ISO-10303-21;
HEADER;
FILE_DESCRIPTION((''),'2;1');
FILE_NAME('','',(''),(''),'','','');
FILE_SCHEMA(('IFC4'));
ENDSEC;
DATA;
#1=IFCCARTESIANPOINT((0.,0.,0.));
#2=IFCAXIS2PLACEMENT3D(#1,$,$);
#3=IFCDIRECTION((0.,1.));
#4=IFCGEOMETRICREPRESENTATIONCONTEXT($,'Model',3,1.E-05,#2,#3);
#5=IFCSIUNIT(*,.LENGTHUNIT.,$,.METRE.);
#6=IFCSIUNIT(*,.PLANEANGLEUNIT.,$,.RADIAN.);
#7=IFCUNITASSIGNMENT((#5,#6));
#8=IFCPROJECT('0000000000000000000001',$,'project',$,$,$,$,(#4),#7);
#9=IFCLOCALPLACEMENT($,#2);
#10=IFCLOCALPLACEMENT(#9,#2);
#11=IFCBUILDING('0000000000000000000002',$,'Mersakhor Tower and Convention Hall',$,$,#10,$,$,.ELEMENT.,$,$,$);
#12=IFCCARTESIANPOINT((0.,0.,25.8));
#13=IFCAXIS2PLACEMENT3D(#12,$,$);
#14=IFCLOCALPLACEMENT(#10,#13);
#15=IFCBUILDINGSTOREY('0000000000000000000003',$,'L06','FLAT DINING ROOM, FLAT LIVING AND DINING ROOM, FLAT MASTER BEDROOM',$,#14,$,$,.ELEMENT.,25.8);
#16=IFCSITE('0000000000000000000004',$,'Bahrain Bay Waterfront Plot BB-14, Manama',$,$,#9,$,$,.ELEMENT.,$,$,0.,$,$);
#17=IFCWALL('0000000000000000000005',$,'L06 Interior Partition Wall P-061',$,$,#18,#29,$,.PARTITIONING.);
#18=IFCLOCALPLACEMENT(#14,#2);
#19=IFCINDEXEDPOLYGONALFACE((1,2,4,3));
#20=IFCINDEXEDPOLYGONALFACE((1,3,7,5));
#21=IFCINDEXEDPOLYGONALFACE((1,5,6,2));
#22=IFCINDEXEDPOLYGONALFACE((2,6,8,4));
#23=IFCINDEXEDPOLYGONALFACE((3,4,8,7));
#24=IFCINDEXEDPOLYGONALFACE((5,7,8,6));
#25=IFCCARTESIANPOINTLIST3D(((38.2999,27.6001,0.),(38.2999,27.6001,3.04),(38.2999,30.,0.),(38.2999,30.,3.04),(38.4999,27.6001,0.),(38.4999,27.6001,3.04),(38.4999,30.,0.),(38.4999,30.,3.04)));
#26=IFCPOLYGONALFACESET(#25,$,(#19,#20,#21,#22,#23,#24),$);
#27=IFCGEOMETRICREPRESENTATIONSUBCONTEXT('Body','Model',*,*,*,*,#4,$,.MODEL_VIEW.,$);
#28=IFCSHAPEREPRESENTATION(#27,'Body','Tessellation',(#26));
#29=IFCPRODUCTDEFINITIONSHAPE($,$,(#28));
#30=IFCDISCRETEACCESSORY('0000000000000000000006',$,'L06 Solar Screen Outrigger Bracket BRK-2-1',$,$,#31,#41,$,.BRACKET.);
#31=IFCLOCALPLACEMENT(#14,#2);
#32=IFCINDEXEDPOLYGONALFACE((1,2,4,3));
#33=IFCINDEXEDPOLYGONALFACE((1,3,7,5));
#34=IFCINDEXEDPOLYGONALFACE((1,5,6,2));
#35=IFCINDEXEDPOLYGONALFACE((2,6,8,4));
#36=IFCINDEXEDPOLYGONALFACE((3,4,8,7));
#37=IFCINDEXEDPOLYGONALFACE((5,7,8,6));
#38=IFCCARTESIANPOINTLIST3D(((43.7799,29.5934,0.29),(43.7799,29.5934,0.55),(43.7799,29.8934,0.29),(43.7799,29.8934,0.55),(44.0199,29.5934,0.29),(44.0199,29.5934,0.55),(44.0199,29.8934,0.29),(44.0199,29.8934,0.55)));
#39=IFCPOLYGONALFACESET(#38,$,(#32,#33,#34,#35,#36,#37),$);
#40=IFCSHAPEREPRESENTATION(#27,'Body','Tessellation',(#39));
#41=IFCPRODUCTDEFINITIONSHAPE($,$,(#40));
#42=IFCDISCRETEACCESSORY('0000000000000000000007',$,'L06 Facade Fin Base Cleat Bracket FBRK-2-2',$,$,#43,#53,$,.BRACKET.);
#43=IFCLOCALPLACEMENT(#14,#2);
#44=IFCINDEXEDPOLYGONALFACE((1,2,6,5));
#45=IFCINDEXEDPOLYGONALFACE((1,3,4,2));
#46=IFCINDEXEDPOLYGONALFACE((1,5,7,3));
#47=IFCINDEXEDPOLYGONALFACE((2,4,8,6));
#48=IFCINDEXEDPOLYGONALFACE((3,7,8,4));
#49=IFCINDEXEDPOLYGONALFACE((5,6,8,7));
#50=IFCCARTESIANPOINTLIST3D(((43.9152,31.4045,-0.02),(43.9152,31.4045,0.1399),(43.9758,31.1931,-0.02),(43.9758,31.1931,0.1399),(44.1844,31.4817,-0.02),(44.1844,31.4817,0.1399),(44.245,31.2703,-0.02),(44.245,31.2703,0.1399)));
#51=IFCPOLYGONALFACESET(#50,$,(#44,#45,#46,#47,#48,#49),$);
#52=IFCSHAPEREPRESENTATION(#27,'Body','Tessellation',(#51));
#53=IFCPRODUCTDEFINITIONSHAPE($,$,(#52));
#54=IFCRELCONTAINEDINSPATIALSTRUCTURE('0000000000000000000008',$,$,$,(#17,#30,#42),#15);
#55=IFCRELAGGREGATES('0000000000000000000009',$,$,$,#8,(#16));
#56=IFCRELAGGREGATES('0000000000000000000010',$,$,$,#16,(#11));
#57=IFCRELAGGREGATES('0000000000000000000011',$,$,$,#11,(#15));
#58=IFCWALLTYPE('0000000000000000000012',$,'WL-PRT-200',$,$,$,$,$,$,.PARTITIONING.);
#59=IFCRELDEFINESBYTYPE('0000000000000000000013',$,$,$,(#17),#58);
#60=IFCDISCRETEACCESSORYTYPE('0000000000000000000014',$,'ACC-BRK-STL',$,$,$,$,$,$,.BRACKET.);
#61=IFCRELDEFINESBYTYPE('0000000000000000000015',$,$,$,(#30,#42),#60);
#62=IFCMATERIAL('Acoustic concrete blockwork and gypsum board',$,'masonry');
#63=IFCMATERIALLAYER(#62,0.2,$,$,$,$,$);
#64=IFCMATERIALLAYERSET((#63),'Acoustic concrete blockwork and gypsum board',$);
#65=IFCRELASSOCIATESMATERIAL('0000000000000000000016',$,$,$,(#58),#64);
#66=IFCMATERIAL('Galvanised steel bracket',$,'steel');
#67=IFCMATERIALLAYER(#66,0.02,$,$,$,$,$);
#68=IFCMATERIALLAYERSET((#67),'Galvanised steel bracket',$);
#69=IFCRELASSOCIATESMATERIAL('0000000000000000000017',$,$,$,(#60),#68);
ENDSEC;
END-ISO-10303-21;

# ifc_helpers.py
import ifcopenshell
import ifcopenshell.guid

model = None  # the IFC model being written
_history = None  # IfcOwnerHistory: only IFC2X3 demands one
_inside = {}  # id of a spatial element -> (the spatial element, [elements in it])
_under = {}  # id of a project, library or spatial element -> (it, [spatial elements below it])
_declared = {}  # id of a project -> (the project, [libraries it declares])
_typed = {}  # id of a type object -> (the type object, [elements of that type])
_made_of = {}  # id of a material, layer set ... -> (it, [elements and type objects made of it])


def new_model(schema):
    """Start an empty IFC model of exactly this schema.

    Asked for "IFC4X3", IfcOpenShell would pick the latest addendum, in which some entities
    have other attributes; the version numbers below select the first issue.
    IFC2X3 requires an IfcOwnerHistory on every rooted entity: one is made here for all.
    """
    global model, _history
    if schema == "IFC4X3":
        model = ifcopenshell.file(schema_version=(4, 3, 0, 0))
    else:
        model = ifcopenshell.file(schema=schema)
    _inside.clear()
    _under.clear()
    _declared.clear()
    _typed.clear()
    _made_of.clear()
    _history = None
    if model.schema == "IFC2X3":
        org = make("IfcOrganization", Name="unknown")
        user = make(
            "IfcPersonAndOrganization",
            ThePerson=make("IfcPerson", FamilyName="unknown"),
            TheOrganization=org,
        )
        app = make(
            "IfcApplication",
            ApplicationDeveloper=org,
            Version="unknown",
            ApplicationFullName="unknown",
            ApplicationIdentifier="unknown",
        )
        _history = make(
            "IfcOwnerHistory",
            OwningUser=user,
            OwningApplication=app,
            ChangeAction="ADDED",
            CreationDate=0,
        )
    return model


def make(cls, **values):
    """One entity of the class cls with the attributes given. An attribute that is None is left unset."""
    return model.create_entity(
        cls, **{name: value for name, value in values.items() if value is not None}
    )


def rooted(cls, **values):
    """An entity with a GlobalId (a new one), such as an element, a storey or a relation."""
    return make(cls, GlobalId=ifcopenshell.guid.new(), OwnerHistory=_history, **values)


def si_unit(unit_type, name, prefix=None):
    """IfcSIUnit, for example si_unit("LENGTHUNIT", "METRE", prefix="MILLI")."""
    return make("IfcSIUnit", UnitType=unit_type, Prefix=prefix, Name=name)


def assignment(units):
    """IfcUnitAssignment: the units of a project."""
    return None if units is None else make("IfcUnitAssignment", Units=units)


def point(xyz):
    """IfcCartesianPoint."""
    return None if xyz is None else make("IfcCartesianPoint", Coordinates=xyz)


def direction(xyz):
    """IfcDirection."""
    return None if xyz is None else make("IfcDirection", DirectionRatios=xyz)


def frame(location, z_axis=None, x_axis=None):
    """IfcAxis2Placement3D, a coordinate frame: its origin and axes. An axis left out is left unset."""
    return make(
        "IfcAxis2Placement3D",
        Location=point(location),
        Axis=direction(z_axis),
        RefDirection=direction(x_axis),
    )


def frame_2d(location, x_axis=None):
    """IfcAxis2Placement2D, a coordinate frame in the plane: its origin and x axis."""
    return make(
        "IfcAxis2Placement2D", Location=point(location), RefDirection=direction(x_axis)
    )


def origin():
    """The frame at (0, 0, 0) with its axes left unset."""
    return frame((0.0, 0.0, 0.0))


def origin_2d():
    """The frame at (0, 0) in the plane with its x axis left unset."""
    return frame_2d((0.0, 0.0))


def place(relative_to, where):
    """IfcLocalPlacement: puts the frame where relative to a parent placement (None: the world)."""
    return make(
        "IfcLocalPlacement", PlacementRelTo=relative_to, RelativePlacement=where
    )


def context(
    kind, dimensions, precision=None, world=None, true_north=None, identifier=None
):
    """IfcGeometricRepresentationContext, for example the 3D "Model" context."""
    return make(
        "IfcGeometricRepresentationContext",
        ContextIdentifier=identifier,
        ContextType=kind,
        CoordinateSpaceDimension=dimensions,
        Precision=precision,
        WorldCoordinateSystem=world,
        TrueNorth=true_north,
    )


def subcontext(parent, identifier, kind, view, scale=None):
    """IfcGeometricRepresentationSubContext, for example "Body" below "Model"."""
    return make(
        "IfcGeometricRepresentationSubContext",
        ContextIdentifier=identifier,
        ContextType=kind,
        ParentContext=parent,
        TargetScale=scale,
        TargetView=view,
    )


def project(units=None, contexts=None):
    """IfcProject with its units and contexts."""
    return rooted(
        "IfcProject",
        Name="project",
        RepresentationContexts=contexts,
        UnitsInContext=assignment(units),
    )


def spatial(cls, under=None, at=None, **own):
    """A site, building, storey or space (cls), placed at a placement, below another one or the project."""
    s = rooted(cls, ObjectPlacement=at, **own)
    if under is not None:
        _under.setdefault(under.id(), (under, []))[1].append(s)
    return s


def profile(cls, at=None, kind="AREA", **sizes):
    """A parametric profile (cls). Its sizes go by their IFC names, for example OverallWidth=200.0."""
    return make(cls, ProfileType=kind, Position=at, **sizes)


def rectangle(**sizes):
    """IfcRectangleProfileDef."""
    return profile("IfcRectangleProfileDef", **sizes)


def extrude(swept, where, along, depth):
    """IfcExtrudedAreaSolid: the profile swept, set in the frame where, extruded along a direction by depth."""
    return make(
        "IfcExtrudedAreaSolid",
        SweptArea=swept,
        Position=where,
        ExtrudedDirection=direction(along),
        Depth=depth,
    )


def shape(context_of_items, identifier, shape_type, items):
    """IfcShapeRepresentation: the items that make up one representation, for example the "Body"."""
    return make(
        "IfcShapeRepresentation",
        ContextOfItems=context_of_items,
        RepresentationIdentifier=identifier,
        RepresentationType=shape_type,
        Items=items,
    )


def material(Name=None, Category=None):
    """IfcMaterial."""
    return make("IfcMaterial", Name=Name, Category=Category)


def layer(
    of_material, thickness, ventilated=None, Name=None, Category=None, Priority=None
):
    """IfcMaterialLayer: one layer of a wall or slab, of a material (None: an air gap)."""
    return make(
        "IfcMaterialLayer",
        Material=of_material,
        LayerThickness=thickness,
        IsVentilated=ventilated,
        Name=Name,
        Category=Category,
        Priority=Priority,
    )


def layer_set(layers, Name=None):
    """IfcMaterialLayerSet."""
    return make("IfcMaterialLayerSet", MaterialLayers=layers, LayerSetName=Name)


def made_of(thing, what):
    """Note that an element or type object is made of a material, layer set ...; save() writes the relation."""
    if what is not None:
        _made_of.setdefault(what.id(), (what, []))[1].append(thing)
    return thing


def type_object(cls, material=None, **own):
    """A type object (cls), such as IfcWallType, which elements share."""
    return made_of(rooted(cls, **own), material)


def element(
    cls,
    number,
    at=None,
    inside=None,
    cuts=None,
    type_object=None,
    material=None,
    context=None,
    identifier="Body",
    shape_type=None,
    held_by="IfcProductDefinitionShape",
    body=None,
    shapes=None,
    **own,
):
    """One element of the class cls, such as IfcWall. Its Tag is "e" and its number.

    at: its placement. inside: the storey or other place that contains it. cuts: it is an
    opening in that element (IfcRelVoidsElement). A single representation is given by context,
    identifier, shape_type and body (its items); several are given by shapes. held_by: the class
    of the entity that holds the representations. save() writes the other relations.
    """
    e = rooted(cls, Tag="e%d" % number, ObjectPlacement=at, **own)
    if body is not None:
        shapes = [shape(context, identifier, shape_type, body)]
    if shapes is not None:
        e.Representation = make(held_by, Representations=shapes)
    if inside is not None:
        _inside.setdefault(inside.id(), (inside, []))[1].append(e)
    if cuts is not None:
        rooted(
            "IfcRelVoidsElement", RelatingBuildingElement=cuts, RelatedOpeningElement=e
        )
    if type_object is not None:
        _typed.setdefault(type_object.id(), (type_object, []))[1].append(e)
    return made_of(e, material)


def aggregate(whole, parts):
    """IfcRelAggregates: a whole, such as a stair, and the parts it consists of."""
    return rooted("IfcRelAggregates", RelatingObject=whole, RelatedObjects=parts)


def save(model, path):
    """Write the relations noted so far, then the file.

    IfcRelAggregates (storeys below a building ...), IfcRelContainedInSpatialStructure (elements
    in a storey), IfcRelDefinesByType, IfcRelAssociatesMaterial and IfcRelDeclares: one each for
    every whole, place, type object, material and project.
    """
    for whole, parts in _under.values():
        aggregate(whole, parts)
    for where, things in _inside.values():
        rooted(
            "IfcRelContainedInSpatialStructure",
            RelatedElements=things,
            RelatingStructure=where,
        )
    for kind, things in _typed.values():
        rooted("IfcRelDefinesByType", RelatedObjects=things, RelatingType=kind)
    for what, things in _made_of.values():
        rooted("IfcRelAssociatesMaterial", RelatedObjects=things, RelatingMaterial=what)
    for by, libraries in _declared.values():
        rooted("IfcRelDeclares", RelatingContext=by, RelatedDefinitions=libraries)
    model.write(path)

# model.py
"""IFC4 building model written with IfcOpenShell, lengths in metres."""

from ifc_helpers import new_model, si_unit, direction, frame, frame_2d, origin, origin_2d, place, context, subcontext, project, spatial, rectangle, extrude, material, layer, layer_set, type_object, element, save


model = new_model("IFC4")

# Units and contexts
model_context = context("Model", 3, precision=1e-05, world=origin(), true_north=direction((0.0, 1.0)))
body_context = subcontext(model_context, "Body", "Model", "MODEL_VIEW")
ifc_project = project(units=[si_unit("LENGTHUNIT", "METRE"), si_unit("PLANEANGLEUNIT", "RADIAN")], contexts=[model_context])

# Site, building, storey
site_placement = place(None, origin())
site = spatial("IfcSite", under=ifc_project, at=site_placement, Name="Bahrain Bay Waterfront Plot BB-14, Manama", CompositionType="ELEMENT", RefElevation=0.0)
building_placement = place(site_placement, origin())
building = spatial("IfcBuilding", under=site, at=building_placement, Name="Mersakhor Tower and Convention Hall", CompositionType="ELEMENT")
storey_placement = place(building_placement, frame((0.0, 0.0, 25.8)))
storey = spatial("IfcBuildingStorey", under=building, at=storey_placement, Name="L06", Description="FLAT DINING ROOM, FLAT LIVING AND DINING ROOM, FLAT MASTER BEDROOM", CompositionType="ELEMENT", Elevation=25.8)

# Wall
ifc_material_1 = material(Name="Acoustic concrete blockwork and gypsum board", Category="masonry")
ifc_layer_1 = layer(ifc_material_1, 0.2)
ifc_layer_set_1 = layer_set([ifc_layer_1], Name="Acoustic concrete blockwork and gypsum board")
wall_type_1 = type_object("IfcWallType", Name="WL-PRT-200", PredefinedType="PARTITIONING", material=ifc_layer_set_1)
wall_1_placement = place(storey_placement, frame((38.3999, 30.0, 0.0), z_axis=(0.0, 0.0, 1.0), x_axis=(0.0, -1.0, 0.0)))
element("IfcWall", 1, at=wall_1_placement, inside=storey, type_object=wall_type_1, Name="L06 Interior Partition Wall P-061", PredefinedType="PARTITIONING", context=body_context, shape_type="SweptSolid", body=[
    extrude(rectangle(XDim=2.3999, YDim=0.2, at=frame_2d((1.2, 0.0))), origin(), (0.0, 0.0, 1.0), 3.04),
])

# Discrete accessories
ifc_material_2 = material(Name="Galvanised steel bracket", Category="steel")
ifc_layer_2 = layer(ifc_material_2, 0.02)
ifc_layer_set_2 = layer_set([ifc_layer_2], Name="Galvanised steel bracket")
discrete_accessory_type = type_object("IfcDiscreteAccessoryType", Name="ACC-BRK-STL", PredefinedType="BRACKET", material=ifc_layer_set_2)
discrete_accessory_1_placement = place(storey_placement, frame((43.8999, 29.7434, 0.29), z_axis=(0.0, 0.0, 1.0), x_axis=(0.0, -1.0, 0.0)))
element("IfcDiscreteAccessory", 2, at=discrete_accessory_1_placement, inside=storey, type_object=discrete_accessory_type, Name="L06 Solar Screen Outrigger Bracket BRK-2-1", PredefinedType="BRACKET", context=body_context, shape_type="SweptSolid", body=[
    extrude(rectangle(XDim=0.3, YDim=0.24, at=origin_2d()), origin(), (0.0, 0.0, 1.0), 0.26),
])
discrete_accessory_2_placement = place(storey_placement, frame((44.0801, 31.3374, -0.02), z_axis=(0.0, 0.0, 1.0), x_axis=(0.961262, 0.275637, 0.0)))
element("IfcDiscreteAccessory", 3, at=discrete_accessory_2_placement, inside=storey, type_object=discrete_accessory_type, Name="L06 Facade Fin Base Cleat Bracket FBRK-2-2", PredefinedType="BRACKET", context=body_context, shape_type="SweptSolid", body=[
    extrude(rectangle(XDim=0.28, YDim=0.22, at=origin_2d()), origin(), (0.0, 0.0, 1.0), 0.1599),
])

save(model, "model.ifc")
